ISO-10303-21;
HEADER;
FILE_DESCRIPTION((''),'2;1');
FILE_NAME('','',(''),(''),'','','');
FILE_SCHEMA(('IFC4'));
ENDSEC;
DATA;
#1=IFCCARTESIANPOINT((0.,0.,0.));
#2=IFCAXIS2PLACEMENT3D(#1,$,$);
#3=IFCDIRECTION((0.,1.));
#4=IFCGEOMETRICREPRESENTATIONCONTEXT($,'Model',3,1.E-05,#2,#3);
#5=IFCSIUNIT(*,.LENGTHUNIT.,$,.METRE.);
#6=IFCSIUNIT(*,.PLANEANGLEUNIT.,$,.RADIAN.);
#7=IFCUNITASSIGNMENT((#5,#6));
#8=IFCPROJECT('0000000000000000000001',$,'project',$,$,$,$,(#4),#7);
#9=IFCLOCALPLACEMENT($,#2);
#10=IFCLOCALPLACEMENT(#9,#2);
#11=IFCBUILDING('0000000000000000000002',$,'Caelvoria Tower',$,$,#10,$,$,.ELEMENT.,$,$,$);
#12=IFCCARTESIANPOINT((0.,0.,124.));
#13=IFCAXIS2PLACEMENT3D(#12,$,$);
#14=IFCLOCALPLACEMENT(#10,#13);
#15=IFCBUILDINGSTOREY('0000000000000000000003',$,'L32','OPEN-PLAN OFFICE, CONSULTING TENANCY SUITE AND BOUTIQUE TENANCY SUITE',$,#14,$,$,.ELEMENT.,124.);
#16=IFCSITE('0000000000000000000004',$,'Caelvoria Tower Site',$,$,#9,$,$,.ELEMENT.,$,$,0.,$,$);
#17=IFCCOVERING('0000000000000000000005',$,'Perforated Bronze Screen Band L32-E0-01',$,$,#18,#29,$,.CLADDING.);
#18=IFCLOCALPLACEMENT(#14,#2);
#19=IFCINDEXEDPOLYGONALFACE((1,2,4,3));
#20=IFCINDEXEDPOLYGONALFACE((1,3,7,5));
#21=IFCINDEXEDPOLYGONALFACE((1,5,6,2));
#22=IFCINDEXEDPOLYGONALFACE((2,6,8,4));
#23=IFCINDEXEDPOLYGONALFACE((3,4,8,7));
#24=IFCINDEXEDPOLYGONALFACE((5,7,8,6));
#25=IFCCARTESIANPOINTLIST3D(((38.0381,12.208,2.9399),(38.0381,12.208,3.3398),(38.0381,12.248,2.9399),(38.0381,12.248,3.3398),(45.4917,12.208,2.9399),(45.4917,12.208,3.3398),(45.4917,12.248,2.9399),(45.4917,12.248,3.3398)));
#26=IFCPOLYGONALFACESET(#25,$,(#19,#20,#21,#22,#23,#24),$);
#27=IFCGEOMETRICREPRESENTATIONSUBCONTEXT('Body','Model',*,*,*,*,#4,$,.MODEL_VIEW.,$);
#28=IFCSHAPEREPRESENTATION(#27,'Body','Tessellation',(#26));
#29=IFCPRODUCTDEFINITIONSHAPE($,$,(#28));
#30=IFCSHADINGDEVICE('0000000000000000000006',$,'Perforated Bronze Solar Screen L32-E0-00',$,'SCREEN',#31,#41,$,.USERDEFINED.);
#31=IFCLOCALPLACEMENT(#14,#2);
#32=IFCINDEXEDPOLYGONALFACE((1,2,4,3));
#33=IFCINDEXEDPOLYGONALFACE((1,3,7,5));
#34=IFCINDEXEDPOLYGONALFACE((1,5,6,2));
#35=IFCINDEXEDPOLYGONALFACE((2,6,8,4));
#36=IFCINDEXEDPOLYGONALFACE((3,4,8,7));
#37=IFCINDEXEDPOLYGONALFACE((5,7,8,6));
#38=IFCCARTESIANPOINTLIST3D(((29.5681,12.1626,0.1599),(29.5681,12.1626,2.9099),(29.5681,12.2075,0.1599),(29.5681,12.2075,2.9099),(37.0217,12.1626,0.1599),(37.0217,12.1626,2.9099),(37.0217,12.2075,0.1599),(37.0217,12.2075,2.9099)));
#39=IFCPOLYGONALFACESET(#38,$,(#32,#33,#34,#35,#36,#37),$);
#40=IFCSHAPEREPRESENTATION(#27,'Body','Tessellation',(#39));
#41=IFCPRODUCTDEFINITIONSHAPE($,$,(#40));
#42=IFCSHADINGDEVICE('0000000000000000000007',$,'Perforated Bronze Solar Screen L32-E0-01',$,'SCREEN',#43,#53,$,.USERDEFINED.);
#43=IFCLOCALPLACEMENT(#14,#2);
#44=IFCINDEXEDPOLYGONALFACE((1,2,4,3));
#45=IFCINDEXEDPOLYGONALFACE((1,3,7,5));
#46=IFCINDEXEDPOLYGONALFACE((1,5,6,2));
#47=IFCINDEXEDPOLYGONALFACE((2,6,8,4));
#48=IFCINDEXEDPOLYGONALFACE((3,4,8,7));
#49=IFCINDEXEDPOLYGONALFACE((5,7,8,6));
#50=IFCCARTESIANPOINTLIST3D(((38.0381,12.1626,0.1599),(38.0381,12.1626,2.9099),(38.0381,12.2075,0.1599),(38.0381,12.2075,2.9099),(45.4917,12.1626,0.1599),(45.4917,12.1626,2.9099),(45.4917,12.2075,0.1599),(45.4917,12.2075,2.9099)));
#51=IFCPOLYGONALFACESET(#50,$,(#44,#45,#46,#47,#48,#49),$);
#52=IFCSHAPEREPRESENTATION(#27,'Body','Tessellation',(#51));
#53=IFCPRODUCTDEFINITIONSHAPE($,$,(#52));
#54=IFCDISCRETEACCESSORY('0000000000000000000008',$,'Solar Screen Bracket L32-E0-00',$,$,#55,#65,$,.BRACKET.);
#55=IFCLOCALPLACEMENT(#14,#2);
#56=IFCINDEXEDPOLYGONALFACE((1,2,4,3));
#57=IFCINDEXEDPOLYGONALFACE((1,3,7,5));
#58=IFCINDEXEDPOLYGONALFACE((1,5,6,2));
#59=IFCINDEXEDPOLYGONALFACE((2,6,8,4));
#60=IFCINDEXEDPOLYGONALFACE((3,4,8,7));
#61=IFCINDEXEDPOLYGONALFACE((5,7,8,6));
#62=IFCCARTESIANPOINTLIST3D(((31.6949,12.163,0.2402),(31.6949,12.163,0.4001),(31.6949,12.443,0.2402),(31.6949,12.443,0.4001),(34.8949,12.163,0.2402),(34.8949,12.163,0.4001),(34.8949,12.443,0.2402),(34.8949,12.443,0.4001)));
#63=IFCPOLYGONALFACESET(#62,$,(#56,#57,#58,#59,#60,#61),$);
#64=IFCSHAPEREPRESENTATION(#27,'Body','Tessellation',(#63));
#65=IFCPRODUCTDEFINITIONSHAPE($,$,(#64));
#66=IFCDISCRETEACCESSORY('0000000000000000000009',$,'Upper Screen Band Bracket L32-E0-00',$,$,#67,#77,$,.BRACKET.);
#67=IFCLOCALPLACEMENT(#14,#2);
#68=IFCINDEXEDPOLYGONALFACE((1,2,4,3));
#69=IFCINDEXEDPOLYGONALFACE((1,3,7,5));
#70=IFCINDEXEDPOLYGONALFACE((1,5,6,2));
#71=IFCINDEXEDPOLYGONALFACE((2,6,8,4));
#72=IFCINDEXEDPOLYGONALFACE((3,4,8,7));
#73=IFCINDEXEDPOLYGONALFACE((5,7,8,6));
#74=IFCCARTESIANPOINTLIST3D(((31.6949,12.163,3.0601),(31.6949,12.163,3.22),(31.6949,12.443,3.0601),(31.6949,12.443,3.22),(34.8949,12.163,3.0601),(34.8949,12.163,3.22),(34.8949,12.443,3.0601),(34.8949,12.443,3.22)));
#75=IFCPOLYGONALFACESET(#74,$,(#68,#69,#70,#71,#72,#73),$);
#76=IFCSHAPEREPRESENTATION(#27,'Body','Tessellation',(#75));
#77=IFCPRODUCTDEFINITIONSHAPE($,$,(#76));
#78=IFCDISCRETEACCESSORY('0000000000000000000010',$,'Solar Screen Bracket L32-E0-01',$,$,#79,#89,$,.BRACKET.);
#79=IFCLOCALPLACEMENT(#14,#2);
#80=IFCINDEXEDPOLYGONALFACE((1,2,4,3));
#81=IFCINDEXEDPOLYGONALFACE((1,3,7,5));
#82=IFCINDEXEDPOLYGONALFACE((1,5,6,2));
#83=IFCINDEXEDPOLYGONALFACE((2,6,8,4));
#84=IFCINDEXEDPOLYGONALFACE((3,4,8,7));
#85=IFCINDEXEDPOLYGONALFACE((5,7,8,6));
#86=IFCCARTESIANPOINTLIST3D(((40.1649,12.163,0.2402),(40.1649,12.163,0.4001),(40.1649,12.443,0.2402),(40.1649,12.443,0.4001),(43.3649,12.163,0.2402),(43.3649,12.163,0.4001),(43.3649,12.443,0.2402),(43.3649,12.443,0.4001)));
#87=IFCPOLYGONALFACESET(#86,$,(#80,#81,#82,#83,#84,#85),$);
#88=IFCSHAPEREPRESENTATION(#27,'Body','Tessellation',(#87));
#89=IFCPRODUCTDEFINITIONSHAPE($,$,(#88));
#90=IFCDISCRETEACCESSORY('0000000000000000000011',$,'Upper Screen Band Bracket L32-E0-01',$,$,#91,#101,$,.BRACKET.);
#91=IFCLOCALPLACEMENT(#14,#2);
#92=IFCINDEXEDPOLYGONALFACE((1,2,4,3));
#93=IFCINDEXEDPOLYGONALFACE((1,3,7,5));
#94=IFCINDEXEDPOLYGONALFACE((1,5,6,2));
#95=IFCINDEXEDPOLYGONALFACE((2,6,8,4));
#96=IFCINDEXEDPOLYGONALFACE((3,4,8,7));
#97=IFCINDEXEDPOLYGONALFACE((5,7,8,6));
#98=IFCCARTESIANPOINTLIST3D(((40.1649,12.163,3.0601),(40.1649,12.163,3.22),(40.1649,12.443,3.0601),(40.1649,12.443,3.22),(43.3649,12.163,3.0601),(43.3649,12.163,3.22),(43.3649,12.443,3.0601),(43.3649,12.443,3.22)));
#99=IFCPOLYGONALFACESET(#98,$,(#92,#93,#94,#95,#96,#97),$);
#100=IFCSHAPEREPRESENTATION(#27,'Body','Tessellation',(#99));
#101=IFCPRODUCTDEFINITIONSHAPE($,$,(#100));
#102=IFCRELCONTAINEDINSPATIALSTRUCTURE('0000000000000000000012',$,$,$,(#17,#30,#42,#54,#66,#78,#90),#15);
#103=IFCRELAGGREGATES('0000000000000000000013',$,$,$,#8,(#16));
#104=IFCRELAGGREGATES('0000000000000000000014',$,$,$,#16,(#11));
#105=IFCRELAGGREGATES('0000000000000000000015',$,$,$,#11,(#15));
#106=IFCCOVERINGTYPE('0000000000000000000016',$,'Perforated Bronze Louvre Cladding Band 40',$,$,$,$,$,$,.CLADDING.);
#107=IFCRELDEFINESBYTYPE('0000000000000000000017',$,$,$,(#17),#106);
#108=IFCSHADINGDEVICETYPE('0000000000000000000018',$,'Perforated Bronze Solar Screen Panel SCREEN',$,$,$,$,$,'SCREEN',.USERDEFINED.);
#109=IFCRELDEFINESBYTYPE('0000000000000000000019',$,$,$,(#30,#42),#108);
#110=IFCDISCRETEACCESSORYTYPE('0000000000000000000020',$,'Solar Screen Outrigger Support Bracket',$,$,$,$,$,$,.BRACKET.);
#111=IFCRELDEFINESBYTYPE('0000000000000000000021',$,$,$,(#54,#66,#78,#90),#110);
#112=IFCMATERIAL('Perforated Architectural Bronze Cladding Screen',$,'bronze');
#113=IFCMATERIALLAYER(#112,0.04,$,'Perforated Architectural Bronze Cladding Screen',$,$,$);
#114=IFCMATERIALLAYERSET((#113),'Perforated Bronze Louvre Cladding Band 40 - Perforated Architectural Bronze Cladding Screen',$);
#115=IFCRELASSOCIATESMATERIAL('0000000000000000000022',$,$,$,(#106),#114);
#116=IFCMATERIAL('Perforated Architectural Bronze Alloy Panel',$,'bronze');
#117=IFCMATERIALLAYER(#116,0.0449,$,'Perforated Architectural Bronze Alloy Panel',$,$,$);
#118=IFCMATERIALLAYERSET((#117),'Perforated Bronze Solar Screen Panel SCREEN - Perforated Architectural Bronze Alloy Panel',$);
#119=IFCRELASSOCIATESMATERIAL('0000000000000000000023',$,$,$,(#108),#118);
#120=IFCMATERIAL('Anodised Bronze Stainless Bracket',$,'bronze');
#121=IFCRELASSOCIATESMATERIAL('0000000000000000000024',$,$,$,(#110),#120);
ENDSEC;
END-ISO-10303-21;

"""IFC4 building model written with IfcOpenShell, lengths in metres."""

from ifc_helpers import new_model, si_unit, direction, frame, origin, origin_2d, place, context, subcontext, project, spatial, rectangle, extrude, material, layer, layer_set, type_object, element, save


model = new_model("IFC4")

# Units and contexts
model_context = context("Model", 3, precision=1e-05, world=origin(), true_north=direction((0.0, 1.0)))
body_context = subcontext(model_context, "Body", "Model", "MODEL_VIEW")
ifc_project = project(units=[si_unit("LENGTHUNIT", "METRE"), si_unit("PLANEANGLEUNIT", "RADIAN")], contexts=[model_context])

# Site, building, storey
site_placement = place(None, origin())
site = spatial("IfcSite", under=ifc_project, at=site_placement, Name="Caelvoria Tower Site", CompositionType="ELEMENT", RefElevation=0.0)
building_placement = place(site_placement, origin())
building = spatial("IfcBuilding", under=site, at=building_placement, Name="Caelvoria Tower", CompositionType="ELEMENT")
storey_placement = place(building_placement, frame((0.0, 0.0, 124.0)))
storey = spatial("IfcBuildingStorey", under=building, at=storey_placement, Name="L32", Description="OPEN-PLAN OFFICE, CONSULTING TENANCY SUITE AND BOUTIQUE TENANCY SUITE", CompositionType="ELEMENT", Elevation=124.0)

# Covering
ifc_material_1 = material(Name="Perforated Architectural Bronze Cladding Screen", Category="bronze")
ifc_layer_1 = layer(ifc_material_1, 0.04, Name="Perforated Architectural Bronze Cladding Screen")
ifc_layer_set_1 = layer_set([ifc_layer_1], Name="Perforated Bronze Louvre Cladding Band 40 - Perforated Architectural Bronze Cladding Screen")
covering_type = type_object("IfcCoveringType", Name="Perforated Bronze Louvre Cladding Band 40", PredefinedType="CLADDING", material=ifc_layer_set_1)
for number, where, z_axis, x_axis, name in (
    (1, (41.7649, 12.228, 2.9399), (0.0, 0.0, 1.0), (1.0, 0.0, 0.0), "Perforated Bronze Screen Band L32-E0-01"),
):
    element("IfcCovering", number, at=place(storey_placement, frame(where, z_axis=z_axis, x_axis=x_axis)), inside=storey, type_object=covering_type, Name=name, PredefinedType="CLADDING", context=body_context, shape_type="SweptSolid", body=[
        extrude(rectangle(XDim=7.4536, YDim=0.04, at=origin_2d()), origin(), (0.0, 0.0, 1.0), 0.3999),
    ])

# Shading devices
ifc_material_2 = material(Name="Perforated Architectural Bronze Alloy Panel", Category="bronze")
ifc_layer_2 = layer(ifc_material_2, 0.0449, Name="Perforated Architectural Bronze Alloy Panel")
ifc_layer_set_2 = layer_set([ifc_layer_2], Name="Perforated Bronze Solar Screen Panel SCREEN - Perforated Architectural Bronze Alloy Panel")
shading_device_type = type_object("IfcShadingDeviceType", Name="Perforated Bronze Solar Screen Panel SCREEN", ElementType="SCREEN", PredefinedType="USERDEFINED", material=ifc_layer_set_2)
for number, where, z_axis, x_axis, name in (
    (2, (33.2949, 12.1851, 0.1599), (0.0, 0.0, 1.0), (1.0, 0.0, 0.0), "Perforated Bronze Solar Screen L32-E0-00"),
    (3, (41.7649, 12.1851, 0.1599), (0.0, 0.0, 1.0), (1.0, 0.0, 0.0), "Perforated Bronze Solar Screen L32-E0-01"),
):
    element("IfcShadingDevice", number, at=place(storey_placement, frame(where, z_axis=z_axis, x_axis=x_axis)), inside=storey, type_object=shading_device_type, Name=name, ObjectType="SCREEN", PredefinedType="USERDEFINED", context=body_context, shape_type="SweptSolid", body=[
        extrude(rectangle(XDim=7.4536, YDim=0.0449, at=origin_2d()), origin(), (0.0, 0.0, 1.0), 2.75),
    ])

# Discrete accessories
ifc_material_3 = material(Name="Anodised Bronze Stainless Bracket", Category="bronze")
discrete_accessory_type = type_object("IfcDiscreteAccessoryType", Name="Solar Screen Outrigger Support Bracket", PredefinedType="BRACKET", material=ifc_material_3)
for number, where, z_axis, x_axis, name in (
    (4, (33.2949, 12.303, 0.2402), (0.0, 0.0, 1.0), (1.0, 0.0, 0.0), "Solar Screen Bracket L32-E0-00"),
    (5, (33.2949, 12.303, 3.0601), (0.0, 0.0, 1.0), (1.0, 0.0, 0.0), "Upper Screen Band Bracket L32-E0-00"),
    (6, (41.7649, 12.303, 0.2402), (0.0, 0.0, 1.0), (1.0, 0.0, 0.0), "Solar Screen Bracket L32-E0-01"),
    (7, (41.7649, 12.303, 3.0601), (0.0, 0.0, 1.0), (1.0, 0.0, 0.0), "Upper Screen Band Bracket L32-E0-01"),
):
    element("IfcDiscreteAccessory", number, at=place(storey_placement, frame(where, z_axis=z_axis, x_axis=x_axis)), inside=storey, type_object=discrete_accessory_type, Name=name, PredefinedType="BRACKET", context=body_context, shape_type="SweptSolid", body=[
        extrude(rectangle(XDim=3.2, YDim=0.28, at=origin_2d()), origin(), (0.0, 0.0, 1.0), 0.1599),
    ])

save(model, "model.ifc")
